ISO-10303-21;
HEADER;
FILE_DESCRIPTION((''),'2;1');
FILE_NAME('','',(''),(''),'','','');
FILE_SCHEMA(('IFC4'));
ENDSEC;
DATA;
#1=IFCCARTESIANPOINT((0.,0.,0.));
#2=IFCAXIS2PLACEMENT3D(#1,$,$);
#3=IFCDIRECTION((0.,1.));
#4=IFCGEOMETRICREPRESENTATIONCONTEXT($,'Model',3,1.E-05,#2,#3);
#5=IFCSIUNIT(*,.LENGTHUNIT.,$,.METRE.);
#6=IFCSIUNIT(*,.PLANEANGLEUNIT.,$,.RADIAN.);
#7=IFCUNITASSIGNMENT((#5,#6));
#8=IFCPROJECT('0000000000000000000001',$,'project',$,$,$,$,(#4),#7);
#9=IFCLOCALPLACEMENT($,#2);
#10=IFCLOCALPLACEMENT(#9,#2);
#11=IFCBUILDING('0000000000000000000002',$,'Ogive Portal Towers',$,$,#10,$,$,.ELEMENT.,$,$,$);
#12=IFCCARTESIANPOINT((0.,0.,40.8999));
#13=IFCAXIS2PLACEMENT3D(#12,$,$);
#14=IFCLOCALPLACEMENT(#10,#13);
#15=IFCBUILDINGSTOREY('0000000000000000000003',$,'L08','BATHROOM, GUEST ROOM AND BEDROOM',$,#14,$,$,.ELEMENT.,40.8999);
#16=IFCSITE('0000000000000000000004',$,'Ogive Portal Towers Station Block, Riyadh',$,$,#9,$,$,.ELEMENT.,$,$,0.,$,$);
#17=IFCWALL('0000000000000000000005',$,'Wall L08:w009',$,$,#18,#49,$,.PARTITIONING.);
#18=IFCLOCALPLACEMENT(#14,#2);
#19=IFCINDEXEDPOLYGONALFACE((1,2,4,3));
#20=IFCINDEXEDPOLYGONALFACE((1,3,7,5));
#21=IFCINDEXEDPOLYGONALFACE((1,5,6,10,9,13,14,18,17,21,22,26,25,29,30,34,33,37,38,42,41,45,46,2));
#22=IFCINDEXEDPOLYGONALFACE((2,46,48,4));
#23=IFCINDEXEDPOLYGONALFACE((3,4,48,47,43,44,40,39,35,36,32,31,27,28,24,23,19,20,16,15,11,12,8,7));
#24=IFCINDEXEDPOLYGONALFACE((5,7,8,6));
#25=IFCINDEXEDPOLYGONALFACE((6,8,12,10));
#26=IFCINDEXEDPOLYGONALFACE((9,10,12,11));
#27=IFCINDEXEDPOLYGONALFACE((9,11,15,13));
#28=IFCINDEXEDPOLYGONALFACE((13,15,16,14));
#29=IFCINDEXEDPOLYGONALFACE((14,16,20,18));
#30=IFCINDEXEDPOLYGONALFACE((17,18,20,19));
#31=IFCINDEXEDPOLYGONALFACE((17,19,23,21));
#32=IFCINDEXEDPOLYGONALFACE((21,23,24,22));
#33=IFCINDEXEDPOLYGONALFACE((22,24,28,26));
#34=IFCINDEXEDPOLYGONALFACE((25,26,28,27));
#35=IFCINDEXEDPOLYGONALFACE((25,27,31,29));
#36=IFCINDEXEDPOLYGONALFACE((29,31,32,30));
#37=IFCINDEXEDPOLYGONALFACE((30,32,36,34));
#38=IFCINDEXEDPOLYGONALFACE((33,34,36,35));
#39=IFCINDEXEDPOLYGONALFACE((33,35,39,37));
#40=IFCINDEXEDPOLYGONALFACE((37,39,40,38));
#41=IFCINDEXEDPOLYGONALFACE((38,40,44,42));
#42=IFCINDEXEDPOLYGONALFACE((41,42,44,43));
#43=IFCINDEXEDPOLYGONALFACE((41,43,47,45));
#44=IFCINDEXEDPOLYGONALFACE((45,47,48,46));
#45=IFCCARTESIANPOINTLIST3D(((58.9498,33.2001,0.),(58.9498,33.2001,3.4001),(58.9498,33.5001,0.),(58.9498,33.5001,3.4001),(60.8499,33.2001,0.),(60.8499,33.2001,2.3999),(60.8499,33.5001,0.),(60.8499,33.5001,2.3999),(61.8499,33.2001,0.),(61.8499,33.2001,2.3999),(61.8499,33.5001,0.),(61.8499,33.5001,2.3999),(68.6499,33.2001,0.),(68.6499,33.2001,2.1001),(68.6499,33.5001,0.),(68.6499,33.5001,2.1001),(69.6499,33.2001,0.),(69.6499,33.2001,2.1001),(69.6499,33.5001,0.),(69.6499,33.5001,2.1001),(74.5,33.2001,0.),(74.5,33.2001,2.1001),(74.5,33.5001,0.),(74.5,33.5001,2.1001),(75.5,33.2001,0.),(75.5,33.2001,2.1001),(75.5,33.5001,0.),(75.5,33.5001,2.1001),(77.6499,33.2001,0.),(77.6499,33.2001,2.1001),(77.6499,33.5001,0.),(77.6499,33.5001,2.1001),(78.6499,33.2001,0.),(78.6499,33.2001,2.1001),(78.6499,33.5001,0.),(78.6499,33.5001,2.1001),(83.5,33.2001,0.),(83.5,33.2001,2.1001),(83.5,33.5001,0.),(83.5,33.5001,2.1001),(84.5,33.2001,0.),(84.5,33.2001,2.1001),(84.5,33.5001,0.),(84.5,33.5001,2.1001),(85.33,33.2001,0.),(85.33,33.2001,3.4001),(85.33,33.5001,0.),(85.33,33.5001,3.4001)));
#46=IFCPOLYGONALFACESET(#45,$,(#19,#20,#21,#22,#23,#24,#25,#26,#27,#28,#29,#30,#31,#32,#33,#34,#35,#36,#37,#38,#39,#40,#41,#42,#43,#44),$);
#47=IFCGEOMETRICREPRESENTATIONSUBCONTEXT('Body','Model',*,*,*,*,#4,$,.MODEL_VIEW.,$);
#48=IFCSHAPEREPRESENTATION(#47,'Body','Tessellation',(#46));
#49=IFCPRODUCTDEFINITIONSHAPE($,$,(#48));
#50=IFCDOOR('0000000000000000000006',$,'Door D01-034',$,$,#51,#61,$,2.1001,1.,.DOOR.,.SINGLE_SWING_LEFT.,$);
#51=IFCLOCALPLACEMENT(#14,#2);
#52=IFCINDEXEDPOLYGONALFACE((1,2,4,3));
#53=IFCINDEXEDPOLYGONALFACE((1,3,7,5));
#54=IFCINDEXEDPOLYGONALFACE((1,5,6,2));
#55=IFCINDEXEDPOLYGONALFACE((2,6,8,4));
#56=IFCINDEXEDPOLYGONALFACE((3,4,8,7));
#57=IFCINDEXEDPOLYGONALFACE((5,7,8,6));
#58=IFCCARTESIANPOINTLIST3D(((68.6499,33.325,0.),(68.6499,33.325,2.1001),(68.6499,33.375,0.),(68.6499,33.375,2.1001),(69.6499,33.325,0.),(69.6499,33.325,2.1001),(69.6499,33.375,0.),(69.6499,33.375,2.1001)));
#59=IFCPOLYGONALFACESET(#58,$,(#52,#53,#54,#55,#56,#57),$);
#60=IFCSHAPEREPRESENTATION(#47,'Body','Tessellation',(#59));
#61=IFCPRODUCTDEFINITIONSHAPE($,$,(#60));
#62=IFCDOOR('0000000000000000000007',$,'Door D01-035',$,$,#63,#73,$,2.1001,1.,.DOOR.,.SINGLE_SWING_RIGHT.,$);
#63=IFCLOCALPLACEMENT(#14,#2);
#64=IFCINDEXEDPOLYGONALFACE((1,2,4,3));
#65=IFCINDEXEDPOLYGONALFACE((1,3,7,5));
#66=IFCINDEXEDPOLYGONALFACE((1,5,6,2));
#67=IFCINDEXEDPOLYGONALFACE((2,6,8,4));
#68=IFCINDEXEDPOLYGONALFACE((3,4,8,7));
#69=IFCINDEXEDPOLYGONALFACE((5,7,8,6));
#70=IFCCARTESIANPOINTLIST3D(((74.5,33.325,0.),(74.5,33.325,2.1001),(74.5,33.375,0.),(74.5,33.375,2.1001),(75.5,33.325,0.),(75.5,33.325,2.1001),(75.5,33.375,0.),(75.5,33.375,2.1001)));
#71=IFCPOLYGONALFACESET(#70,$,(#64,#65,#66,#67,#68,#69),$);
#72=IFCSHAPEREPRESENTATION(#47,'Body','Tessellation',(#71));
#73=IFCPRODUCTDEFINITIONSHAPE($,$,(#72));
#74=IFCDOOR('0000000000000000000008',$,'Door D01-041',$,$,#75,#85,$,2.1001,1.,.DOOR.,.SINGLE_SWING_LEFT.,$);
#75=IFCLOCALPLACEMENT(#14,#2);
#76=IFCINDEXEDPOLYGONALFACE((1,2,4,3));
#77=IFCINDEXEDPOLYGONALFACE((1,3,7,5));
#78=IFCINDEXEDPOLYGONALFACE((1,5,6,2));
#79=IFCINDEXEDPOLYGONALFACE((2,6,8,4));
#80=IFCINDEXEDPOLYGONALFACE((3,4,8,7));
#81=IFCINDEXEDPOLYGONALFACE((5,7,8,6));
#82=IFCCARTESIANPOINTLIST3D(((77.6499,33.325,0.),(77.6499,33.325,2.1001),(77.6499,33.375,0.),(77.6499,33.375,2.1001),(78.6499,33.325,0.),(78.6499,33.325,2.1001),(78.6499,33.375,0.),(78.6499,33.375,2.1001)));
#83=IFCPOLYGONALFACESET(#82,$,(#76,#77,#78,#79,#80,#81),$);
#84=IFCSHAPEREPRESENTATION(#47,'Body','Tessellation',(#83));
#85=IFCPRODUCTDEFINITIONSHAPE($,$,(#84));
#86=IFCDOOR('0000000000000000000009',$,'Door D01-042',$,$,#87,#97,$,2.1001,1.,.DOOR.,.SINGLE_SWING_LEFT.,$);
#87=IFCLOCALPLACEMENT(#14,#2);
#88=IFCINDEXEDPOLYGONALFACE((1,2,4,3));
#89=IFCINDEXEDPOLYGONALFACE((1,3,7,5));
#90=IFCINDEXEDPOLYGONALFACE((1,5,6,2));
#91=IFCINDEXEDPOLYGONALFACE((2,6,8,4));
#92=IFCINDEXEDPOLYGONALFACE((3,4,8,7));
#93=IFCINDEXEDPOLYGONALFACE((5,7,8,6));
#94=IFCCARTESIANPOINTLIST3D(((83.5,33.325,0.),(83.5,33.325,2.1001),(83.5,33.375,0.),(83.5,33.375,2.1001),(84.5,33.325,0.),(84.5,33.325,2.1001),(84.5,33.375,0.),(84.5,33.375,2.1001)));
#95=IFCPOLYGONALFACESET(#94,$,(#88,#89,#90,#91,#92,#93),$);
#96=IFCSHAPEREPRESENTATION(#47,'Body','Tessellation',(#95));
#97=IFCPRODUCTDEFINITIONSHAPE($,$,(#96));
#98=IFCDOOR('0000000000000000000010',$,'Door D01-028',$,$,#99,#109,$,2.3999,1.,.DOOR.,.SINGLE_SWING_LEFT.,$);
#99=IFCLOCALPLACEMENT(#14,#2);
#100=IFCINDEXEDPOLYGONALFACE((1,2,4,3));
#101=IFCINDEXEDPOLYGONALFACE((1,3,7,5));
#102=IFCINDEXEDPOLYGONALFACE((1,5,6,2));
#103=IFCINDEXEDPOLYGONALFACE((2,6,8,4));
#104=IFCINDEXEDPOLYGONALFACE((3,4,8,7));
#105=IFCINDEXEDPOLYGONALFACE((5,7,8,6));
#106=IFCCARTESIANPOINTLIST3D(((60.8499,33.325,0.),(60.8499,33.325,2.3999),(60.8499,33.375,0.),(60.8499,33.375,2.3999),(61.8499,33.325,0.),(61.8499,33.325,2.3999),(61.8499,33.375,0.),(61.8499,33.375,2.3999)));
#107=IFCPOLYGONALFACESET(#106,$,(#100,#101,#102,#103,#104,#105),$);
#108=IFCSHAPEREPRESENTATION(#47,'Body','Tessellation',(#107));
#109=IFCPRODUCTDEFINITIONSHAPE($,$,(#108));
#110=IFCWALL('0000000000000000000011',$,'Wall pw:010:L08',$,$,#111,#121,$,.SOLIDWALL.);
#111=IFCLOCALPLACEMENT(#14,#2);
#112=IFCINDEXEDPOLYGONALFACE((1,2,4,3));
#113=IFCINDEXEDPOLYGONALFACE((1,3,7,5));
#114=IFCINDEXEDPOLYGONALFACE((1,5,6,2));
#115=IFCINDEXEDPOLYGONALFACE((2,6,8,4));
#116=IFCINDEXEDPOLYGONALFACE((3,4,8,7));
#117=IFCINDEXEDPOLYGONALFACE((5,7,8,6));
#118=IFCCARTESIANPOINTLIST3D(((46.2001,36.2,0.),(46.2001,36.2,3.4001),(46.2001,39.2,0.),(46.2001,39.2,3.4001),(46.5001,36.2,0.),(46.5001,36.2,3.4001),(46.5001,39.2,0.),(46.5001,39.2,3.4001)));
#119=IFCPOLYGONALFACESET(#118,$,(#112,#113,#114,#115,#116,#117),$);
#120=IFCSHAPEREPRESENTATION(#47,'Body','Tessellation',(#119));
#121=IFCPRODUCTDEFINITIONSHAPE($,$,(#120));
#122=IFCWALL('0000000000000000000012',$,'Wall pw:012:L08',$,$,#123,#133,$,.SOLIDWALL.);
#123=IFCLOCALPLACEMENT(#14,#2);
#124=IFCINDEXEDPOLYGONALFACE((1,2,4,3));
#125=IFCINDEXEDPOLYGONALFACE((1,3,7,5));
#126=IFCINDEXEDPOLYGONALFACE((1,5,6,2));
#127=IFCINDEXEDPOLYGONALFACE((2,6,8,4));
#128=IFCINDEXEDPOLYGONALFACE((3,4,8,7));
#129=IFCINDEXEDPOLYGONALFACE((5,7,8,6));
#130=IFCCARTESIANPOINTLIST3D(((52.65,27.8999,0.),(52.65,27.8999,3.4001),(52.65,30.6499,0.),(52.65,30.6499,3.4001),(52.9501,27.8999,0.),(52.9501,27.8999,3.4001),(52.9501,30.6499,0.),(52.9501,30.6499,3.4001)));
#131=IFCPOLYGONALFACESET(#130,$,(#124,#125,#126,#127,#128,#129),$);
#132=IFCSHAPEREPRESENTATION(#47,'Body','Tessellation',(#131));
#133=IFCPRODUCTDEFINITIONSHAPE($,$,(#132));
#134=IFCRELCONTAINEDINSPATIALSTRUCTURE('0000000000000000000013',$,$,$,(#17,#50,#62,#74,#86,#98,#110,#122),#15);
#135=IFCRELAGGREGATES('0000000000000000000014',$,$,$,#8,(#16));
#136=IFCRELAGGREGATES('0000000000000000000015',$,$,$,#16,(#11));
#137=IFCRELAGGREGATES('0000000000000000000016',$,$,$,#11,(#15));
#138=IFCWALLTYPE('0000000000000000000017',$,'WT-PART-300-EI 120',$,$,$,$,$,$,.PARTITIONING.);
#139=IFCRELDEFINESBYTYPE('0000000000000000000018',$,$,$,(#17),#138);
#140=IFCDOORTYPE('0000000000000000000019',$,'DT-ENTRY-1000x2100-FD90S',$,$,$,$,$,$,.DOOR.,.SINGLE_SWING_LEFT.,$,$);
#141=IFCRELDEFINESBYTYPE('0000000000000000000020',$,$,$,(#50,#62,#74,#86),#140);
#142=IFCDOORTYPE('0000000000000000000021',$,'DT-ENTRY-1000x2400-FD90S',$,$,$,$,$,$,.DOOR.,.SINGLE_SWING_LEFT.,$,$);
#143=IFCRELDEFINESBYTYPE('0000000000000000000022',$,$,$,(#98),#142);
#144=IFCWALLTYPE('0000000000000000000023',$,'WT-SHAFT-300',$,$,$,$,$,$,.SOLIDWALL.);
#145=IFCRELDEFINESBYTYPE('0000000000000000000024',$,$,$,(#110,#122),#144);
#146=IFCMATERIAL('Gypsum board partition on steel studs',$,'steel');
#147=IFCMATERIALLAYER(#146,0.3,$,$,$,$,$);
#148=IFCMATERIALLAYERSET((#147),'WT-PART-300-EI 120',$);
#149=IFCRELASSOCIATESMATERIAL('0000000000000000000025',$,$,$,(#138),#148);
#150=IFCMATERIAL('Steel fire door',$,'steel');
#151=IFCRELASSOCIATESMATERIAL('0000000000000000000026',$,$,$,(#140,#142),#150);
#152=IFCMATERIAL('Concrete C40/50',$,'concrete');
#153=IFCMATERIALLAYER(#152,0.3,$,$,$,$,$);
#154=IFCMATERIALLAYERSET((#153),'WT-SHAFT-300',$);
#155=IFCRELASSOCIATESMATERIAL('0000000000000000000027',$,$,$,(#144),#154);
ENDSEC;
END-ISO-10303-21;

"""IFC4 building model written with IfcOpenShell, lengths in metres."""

from ifc_helpers import new_model, si_unit, direction, frame, frame_2d, origin, place, context, subcontext, project, spatial, rectangle, extrude, material, layer, layer_set, type_object, element, fill, save


model = new_model("IFC4")

# Units and contexts
model_context = context("Model", 3, precision=1e-05, world=origin(), true_north=direction((0.0, 1.0)))
body_context = subcontext(model_context, "Body", "Model", "MODEL_VIEW")
ifc_project = project(units=[si_unit("LENGTHUNIT", "METRE"), si_unit("PLANEANGLEUNIT", "RADIAN")], contexts=[model_context])

# Site, building, storey
site_placement = place(None, origin())
site = spatial("IfcSite", under=ifc_project, at=site_placement, Name="Ogive Portal Towers Station Block, Riyadh", CompositionType="ELEMENT", RefElevation=0.0)
building_placement = place(site_placement, origin())
building = spatial("IfcBuilding", under=site, at=building_placement, Name="Ogive Portal Towers", CompositionType="ELEMENT")
storey_placement = place(building_placement, frame((0.0, 0.0, 40.8999)))
storey = spatial("IfcBuildingStorey", under=building, at=storey_placement, Name="L08", Description="BATHROOM, GUEST ROOM AND BEDROOM", CompositionType="ELEMENT", Elevation=40.8999)

# Wall, openings, doors
ifc_material_1 = material(Name="Gypsum board partition on steel studs", Category="steel")
ifc_layer_1 = layer(ifc_material_1, 0.3)
ifc_layer_set_1 = layer_set([ifc_layer_1], Name="WT-PART-300-EI 120")
wall_type_1 = type_object("IfcWallType", Name="WT-PART-300-EI 120", PredefinedType="PARTITIONING", material=ifc_layer_set_1)
ifc_material_2 = material(Name="Steel fire door", Category="steel")
door_type_1 = type_object("IfcDoorType", Name="DT-ENTRY-1000x2100-FD90S", OperationType="SINGLE_SWING_LEFT", PredefinedType="DOOR", material=ifc_material_2)
door_type_2 = type_object("IfcDoorType", Name="DT-ENTRY-1000x2400-FD90S", OperationType="SINGLE_SWING_LEFT", PredefinedType="DOOR", material=ifc_material_2)
wall_1_placement = place(storey_placement, frame((58.95, 33.3501, 0.0), z_axis=(0.0, 0.0, 1.0), x_axis=(1.0, 0.0, 0.0)))
wall_1 = element("IfcWall", 1, at=wall_1_placement, inside=storey, type_object=wall_type_1, Name="Wall L08:w009", PredefinedType="PARTITIONING", context=body_context, shape_type="SweptSolid", body=[
    extrude(rectangle(XDim=26.3801, YDim=0.3, at=frame_2d((13.1899, 0.0))), origin(), (0.0, 0.0, 1.0), 3.4001),
])
opening_1_placement = place(wall_1_placement, frame((1.8999, 0.0, 0.0)))
opening_1 = element("IfcOpeningElement", 2, at=opening_1_placement, cuts=wall_1, PredefinedType="OPENING", context=body_context, shape_type="SweptSolid", body=[
    extrude(rectangle(XDim=1.0, YDim=2.3999, at=frame_2d((0.5, 1.2))), frame((0.0, 0.1602, 0.0), z_axis=(0.0, -1.0, 0.0), x_axis=(1.0, 0.0, 0.0)), (0.0, 0.0, 1.0), 0.3201),
])
opening_2_placement = place(wall_1_placement, frame((9.7, 0.0, 0.0)))
opening_2 = element("IfcOpeningElement", 3, at=opening_2_placement, cuts=wall_1, PredefinedType="OPENING", context=body_context, shape_type="SweptSolid", body=[
    extrude(rectangle(XDim=1.0, YDim=2.1001, at=frame_2d((0.5, 1.05))), frame((0.0, 0.1602, 0.0), z_axis=(0.0, -1.0, 0.0), x_axis=(1.0, 0.0, 0.0)), (0.0, 0.0, 1.0), 0.3201),
])
opening_3_placement = place(wall_1_placement, frame((15.55, 0.0, 0.0)))
opening_3 = element("IfcOpeningElement", 4, at=opening_3_placement, cuts=wall_1, PredefinedType="OPENING", context=body_context, shape_type="SweptSolid", body=[
    extrude(rectangle(XDim=1.0, YDim=2.1001, at=frame_2d((0.5, 1.05))), frame((0.0, 0.1602, 0.0), z_axis=(0.0, -1.0, 0.0), x_axis=(1.0, 0.0, 0.0)), (0.0, 0.0, 1.0), 0.3201),
])
opening_4_placement = place(wall_1_placement, frame((18.7, 0.0, 0.0)))
opening_4 = element("IfcOpeningElement", 5, at=opening_4_placement, cuts=wall_1, PredefinedType="OPENING", context=body_context, shape_type="SweptSolid", body=[
    extrude(rectangle(XDim=1.0, YDim=2.1001, at=frame_2d((0.5, 1.05))), frame((0.0, 0.1602, 0.0), z_axis=(0.0, -1.0, 0.0), x_axis=(1.0, 0.0, 0.0)), (0.0, 0.0, 1.0), 0.3201),
])
opening_5_placement = place(wall_1_placement, frame((24.55, 0.0, 0.0)))
opening_5 = element("IfcOpeningElement", 6, at=opening_5_placement, cuts=wall_1, PredefinedType="OPENING", context=body_context, shape_type="SweptSolid", body=[
    extrude(rectangle(XDim=1.0, YDim=2.1001, at=frame_2d((0.5, 1.05))), frame((0.0, 0.1602, 0.0), z_axis=(0.0, -1.0, 0.0), x_axis=(1.0, 0.0, 0.0)), (0.0, 0.0, 1.0), 0.3201),
])
door_1_placement = place(opening_2_placement, origin())
door_1 = element("IfcDoor", 7, at=door_1_placement, inside=storey, type_object=door_type_1, Name="Door D01-034", OperationType="SINGLE_SWING_LEFT", OverallHeight=2.1001, OverallWidth=1.0, PredefinedType="DOOR", context=body_context, shape_type="SweptSolid", body=[
    extrude(rectangle(XDim=1.0, YDim=2.1001, at=frame_2d((0.5, 1.05))), frame((0.0, 0.0249, 0.0), z_axis=(0.0, -1.0, 0.0), x_axis=(1.0, 0.0, 0.0)), (0.0, 0.0, 1.0), 0.05),
])
fill(opening_2, door_1)
door_2_placement = place(opening_3_placement, origin())
door_2 = element("IfcDoor", 8, at=door_2_placement, inside=storey, type_object=door_type_1, Name="Door D01-035", OperationType="SINGLE_SWING_RIGHT", OverallHeight=2.1001, OverallWidth=1.0, PredefinedType="DOOR", context=body_context, shape_type="SweptSolid", body=[
    extrude(rectangle(XDim=1.0, YDim=2.1001, at=frame_2d((0.5, 1.05))), frame((0.0, 0.0249, 0.0), z_axis=(0.0, -1.0, 0.0), x_axis=(1.0, 0.0, 0.0)), (0.0, 0.0, 1.0), 0.05),
])
fill(opening_3, door_2)
door_3_placement = place(opening_4_placement, origin())
door_3 = element("IfcDoor", 9, at=door_3_placement, inside=storey, type_object=door_type_1, Name="Door D01-041", OperationType="SINGLE_SWING_LEFT", OverallHeight=2.1001, OverallWidth=1.0, PredefinedType="DOOR", context=body_context, shape_type="SweptSolid", body=[
    extrude(rectangle(XDim=1.0, YDim=2.1001, at=frame_2d((0.5, 1.05))), frame((0.0, 0.0249, 0.0), z_axis=(0.0, -1.0, 0.0), x_axis=(1.0, 0.0, 0.0)), (0.0, 0.0, 1.0), 0.05),
])
fill(opening_4, door_3)
door_4_placement = place(opening_5_placement, origin())
door_4 = element("IfcDoor", 10, at=door_4_placement, inside=storey, type_object=door_type_1, Name="Door D01-042", OperationType="SINGLE_SWING_LEFT", OverallHeight=2.1001, OverallWidth=1.0, PredefinedType="DOOR", context=body_context, shape_type="SweptSolid", body=[
    extrude(rectangle(XDim=1.0, YDim=2.1001, at=frame_2d((0.5, 1.05))), frame((0.0, 0.0249, 0.0), z_axis=(0.0, -1.0, 0.0), x_axis=(1.0, 0.0, 0.0)), (0.0, 0.0, 1.0), 0.05),
])
fill(opening_5, door_4)
door_5_placement = place(opening_1_placement, origin())
door_5 = element("IfcDoor", 11, at=door_5_placement, inside=storey, type_object=door_type_2, Name="Door D01-028", OperationType="SINGLE_SWING_LEFT", OverallHeight=2.3999, OverallWidth=1.0, PredefinedType="DOOR", context=body_context, shape_type="SweptSolid", body=[
    extrude(rectangle(XDim=1.0, YDim=2.3999, at=frame_2d((0.5, 1.2))), frame((0.0, 0.0249, 0.0), z_axis=(0.0, -1.0, 0.0), x_axis=(1.0, 0.0, 0.0)), (0.0, 0.0, 1.0), 0.05),
])
fill(opening_1, door_5)

# Walls
ifc_material_3 = material(Name="Concrete C40/50", Category="concrete")
ifc_layer_2 = layer(ifc_material_3, 0.3)
ifc_layer_set_2 = layer_set([ifc_layer_2], Name="WT-SHAFT-300")
wall_type_2 = type_object("IfcWallType", Name="WT-SHAFT-300", PredefinedType="SOLIDWALL", material=ifc_layer_set_2)
wall_2_placement = place(storey_placement, frame((46.3501, 36.2, 0.0), z_axis=(0.0, 0.0, 1.0), x_axis=(0.0, 1.0, 0.0)))
element("IfcWall", 12, at=wall_2_placement, inside=storey, type_object=wall_type_2, Name="Wall pw:010:L08", PredefinedType="SOLIDWALL", context=body_context, shape_type="SweptSolid", body=[
    extrude(rectangle(XDim=3.0, YDim=0.3, at=frame_2d((1.5, 0.0))), origin(), (0.0, 0.0, 1.0), 3.4001),
])
wall_3_placement = place(storey_placement, frame((52.8, 27.8999, 0.0), z_axis=(0.0, 0.0, 1.0), x_axis=(0.0, 1.0, 0.0)))
element("IfcWall", 13, at=wall_3_placement, inside=storey, type_object=wall_type_2, Name="Wall pw:012:L08", PredefinedType="SOLIDWALL", context=body_context, shape_type="SweptSolid", body=[
    extrude(rectangle(XDim=2.75, YDim=0.3, at=frame_2d((1.375, 0.0))), origin(), (0.0, 0.0, 1.0), 3.4001),
])

save(model, "model.ifc")
